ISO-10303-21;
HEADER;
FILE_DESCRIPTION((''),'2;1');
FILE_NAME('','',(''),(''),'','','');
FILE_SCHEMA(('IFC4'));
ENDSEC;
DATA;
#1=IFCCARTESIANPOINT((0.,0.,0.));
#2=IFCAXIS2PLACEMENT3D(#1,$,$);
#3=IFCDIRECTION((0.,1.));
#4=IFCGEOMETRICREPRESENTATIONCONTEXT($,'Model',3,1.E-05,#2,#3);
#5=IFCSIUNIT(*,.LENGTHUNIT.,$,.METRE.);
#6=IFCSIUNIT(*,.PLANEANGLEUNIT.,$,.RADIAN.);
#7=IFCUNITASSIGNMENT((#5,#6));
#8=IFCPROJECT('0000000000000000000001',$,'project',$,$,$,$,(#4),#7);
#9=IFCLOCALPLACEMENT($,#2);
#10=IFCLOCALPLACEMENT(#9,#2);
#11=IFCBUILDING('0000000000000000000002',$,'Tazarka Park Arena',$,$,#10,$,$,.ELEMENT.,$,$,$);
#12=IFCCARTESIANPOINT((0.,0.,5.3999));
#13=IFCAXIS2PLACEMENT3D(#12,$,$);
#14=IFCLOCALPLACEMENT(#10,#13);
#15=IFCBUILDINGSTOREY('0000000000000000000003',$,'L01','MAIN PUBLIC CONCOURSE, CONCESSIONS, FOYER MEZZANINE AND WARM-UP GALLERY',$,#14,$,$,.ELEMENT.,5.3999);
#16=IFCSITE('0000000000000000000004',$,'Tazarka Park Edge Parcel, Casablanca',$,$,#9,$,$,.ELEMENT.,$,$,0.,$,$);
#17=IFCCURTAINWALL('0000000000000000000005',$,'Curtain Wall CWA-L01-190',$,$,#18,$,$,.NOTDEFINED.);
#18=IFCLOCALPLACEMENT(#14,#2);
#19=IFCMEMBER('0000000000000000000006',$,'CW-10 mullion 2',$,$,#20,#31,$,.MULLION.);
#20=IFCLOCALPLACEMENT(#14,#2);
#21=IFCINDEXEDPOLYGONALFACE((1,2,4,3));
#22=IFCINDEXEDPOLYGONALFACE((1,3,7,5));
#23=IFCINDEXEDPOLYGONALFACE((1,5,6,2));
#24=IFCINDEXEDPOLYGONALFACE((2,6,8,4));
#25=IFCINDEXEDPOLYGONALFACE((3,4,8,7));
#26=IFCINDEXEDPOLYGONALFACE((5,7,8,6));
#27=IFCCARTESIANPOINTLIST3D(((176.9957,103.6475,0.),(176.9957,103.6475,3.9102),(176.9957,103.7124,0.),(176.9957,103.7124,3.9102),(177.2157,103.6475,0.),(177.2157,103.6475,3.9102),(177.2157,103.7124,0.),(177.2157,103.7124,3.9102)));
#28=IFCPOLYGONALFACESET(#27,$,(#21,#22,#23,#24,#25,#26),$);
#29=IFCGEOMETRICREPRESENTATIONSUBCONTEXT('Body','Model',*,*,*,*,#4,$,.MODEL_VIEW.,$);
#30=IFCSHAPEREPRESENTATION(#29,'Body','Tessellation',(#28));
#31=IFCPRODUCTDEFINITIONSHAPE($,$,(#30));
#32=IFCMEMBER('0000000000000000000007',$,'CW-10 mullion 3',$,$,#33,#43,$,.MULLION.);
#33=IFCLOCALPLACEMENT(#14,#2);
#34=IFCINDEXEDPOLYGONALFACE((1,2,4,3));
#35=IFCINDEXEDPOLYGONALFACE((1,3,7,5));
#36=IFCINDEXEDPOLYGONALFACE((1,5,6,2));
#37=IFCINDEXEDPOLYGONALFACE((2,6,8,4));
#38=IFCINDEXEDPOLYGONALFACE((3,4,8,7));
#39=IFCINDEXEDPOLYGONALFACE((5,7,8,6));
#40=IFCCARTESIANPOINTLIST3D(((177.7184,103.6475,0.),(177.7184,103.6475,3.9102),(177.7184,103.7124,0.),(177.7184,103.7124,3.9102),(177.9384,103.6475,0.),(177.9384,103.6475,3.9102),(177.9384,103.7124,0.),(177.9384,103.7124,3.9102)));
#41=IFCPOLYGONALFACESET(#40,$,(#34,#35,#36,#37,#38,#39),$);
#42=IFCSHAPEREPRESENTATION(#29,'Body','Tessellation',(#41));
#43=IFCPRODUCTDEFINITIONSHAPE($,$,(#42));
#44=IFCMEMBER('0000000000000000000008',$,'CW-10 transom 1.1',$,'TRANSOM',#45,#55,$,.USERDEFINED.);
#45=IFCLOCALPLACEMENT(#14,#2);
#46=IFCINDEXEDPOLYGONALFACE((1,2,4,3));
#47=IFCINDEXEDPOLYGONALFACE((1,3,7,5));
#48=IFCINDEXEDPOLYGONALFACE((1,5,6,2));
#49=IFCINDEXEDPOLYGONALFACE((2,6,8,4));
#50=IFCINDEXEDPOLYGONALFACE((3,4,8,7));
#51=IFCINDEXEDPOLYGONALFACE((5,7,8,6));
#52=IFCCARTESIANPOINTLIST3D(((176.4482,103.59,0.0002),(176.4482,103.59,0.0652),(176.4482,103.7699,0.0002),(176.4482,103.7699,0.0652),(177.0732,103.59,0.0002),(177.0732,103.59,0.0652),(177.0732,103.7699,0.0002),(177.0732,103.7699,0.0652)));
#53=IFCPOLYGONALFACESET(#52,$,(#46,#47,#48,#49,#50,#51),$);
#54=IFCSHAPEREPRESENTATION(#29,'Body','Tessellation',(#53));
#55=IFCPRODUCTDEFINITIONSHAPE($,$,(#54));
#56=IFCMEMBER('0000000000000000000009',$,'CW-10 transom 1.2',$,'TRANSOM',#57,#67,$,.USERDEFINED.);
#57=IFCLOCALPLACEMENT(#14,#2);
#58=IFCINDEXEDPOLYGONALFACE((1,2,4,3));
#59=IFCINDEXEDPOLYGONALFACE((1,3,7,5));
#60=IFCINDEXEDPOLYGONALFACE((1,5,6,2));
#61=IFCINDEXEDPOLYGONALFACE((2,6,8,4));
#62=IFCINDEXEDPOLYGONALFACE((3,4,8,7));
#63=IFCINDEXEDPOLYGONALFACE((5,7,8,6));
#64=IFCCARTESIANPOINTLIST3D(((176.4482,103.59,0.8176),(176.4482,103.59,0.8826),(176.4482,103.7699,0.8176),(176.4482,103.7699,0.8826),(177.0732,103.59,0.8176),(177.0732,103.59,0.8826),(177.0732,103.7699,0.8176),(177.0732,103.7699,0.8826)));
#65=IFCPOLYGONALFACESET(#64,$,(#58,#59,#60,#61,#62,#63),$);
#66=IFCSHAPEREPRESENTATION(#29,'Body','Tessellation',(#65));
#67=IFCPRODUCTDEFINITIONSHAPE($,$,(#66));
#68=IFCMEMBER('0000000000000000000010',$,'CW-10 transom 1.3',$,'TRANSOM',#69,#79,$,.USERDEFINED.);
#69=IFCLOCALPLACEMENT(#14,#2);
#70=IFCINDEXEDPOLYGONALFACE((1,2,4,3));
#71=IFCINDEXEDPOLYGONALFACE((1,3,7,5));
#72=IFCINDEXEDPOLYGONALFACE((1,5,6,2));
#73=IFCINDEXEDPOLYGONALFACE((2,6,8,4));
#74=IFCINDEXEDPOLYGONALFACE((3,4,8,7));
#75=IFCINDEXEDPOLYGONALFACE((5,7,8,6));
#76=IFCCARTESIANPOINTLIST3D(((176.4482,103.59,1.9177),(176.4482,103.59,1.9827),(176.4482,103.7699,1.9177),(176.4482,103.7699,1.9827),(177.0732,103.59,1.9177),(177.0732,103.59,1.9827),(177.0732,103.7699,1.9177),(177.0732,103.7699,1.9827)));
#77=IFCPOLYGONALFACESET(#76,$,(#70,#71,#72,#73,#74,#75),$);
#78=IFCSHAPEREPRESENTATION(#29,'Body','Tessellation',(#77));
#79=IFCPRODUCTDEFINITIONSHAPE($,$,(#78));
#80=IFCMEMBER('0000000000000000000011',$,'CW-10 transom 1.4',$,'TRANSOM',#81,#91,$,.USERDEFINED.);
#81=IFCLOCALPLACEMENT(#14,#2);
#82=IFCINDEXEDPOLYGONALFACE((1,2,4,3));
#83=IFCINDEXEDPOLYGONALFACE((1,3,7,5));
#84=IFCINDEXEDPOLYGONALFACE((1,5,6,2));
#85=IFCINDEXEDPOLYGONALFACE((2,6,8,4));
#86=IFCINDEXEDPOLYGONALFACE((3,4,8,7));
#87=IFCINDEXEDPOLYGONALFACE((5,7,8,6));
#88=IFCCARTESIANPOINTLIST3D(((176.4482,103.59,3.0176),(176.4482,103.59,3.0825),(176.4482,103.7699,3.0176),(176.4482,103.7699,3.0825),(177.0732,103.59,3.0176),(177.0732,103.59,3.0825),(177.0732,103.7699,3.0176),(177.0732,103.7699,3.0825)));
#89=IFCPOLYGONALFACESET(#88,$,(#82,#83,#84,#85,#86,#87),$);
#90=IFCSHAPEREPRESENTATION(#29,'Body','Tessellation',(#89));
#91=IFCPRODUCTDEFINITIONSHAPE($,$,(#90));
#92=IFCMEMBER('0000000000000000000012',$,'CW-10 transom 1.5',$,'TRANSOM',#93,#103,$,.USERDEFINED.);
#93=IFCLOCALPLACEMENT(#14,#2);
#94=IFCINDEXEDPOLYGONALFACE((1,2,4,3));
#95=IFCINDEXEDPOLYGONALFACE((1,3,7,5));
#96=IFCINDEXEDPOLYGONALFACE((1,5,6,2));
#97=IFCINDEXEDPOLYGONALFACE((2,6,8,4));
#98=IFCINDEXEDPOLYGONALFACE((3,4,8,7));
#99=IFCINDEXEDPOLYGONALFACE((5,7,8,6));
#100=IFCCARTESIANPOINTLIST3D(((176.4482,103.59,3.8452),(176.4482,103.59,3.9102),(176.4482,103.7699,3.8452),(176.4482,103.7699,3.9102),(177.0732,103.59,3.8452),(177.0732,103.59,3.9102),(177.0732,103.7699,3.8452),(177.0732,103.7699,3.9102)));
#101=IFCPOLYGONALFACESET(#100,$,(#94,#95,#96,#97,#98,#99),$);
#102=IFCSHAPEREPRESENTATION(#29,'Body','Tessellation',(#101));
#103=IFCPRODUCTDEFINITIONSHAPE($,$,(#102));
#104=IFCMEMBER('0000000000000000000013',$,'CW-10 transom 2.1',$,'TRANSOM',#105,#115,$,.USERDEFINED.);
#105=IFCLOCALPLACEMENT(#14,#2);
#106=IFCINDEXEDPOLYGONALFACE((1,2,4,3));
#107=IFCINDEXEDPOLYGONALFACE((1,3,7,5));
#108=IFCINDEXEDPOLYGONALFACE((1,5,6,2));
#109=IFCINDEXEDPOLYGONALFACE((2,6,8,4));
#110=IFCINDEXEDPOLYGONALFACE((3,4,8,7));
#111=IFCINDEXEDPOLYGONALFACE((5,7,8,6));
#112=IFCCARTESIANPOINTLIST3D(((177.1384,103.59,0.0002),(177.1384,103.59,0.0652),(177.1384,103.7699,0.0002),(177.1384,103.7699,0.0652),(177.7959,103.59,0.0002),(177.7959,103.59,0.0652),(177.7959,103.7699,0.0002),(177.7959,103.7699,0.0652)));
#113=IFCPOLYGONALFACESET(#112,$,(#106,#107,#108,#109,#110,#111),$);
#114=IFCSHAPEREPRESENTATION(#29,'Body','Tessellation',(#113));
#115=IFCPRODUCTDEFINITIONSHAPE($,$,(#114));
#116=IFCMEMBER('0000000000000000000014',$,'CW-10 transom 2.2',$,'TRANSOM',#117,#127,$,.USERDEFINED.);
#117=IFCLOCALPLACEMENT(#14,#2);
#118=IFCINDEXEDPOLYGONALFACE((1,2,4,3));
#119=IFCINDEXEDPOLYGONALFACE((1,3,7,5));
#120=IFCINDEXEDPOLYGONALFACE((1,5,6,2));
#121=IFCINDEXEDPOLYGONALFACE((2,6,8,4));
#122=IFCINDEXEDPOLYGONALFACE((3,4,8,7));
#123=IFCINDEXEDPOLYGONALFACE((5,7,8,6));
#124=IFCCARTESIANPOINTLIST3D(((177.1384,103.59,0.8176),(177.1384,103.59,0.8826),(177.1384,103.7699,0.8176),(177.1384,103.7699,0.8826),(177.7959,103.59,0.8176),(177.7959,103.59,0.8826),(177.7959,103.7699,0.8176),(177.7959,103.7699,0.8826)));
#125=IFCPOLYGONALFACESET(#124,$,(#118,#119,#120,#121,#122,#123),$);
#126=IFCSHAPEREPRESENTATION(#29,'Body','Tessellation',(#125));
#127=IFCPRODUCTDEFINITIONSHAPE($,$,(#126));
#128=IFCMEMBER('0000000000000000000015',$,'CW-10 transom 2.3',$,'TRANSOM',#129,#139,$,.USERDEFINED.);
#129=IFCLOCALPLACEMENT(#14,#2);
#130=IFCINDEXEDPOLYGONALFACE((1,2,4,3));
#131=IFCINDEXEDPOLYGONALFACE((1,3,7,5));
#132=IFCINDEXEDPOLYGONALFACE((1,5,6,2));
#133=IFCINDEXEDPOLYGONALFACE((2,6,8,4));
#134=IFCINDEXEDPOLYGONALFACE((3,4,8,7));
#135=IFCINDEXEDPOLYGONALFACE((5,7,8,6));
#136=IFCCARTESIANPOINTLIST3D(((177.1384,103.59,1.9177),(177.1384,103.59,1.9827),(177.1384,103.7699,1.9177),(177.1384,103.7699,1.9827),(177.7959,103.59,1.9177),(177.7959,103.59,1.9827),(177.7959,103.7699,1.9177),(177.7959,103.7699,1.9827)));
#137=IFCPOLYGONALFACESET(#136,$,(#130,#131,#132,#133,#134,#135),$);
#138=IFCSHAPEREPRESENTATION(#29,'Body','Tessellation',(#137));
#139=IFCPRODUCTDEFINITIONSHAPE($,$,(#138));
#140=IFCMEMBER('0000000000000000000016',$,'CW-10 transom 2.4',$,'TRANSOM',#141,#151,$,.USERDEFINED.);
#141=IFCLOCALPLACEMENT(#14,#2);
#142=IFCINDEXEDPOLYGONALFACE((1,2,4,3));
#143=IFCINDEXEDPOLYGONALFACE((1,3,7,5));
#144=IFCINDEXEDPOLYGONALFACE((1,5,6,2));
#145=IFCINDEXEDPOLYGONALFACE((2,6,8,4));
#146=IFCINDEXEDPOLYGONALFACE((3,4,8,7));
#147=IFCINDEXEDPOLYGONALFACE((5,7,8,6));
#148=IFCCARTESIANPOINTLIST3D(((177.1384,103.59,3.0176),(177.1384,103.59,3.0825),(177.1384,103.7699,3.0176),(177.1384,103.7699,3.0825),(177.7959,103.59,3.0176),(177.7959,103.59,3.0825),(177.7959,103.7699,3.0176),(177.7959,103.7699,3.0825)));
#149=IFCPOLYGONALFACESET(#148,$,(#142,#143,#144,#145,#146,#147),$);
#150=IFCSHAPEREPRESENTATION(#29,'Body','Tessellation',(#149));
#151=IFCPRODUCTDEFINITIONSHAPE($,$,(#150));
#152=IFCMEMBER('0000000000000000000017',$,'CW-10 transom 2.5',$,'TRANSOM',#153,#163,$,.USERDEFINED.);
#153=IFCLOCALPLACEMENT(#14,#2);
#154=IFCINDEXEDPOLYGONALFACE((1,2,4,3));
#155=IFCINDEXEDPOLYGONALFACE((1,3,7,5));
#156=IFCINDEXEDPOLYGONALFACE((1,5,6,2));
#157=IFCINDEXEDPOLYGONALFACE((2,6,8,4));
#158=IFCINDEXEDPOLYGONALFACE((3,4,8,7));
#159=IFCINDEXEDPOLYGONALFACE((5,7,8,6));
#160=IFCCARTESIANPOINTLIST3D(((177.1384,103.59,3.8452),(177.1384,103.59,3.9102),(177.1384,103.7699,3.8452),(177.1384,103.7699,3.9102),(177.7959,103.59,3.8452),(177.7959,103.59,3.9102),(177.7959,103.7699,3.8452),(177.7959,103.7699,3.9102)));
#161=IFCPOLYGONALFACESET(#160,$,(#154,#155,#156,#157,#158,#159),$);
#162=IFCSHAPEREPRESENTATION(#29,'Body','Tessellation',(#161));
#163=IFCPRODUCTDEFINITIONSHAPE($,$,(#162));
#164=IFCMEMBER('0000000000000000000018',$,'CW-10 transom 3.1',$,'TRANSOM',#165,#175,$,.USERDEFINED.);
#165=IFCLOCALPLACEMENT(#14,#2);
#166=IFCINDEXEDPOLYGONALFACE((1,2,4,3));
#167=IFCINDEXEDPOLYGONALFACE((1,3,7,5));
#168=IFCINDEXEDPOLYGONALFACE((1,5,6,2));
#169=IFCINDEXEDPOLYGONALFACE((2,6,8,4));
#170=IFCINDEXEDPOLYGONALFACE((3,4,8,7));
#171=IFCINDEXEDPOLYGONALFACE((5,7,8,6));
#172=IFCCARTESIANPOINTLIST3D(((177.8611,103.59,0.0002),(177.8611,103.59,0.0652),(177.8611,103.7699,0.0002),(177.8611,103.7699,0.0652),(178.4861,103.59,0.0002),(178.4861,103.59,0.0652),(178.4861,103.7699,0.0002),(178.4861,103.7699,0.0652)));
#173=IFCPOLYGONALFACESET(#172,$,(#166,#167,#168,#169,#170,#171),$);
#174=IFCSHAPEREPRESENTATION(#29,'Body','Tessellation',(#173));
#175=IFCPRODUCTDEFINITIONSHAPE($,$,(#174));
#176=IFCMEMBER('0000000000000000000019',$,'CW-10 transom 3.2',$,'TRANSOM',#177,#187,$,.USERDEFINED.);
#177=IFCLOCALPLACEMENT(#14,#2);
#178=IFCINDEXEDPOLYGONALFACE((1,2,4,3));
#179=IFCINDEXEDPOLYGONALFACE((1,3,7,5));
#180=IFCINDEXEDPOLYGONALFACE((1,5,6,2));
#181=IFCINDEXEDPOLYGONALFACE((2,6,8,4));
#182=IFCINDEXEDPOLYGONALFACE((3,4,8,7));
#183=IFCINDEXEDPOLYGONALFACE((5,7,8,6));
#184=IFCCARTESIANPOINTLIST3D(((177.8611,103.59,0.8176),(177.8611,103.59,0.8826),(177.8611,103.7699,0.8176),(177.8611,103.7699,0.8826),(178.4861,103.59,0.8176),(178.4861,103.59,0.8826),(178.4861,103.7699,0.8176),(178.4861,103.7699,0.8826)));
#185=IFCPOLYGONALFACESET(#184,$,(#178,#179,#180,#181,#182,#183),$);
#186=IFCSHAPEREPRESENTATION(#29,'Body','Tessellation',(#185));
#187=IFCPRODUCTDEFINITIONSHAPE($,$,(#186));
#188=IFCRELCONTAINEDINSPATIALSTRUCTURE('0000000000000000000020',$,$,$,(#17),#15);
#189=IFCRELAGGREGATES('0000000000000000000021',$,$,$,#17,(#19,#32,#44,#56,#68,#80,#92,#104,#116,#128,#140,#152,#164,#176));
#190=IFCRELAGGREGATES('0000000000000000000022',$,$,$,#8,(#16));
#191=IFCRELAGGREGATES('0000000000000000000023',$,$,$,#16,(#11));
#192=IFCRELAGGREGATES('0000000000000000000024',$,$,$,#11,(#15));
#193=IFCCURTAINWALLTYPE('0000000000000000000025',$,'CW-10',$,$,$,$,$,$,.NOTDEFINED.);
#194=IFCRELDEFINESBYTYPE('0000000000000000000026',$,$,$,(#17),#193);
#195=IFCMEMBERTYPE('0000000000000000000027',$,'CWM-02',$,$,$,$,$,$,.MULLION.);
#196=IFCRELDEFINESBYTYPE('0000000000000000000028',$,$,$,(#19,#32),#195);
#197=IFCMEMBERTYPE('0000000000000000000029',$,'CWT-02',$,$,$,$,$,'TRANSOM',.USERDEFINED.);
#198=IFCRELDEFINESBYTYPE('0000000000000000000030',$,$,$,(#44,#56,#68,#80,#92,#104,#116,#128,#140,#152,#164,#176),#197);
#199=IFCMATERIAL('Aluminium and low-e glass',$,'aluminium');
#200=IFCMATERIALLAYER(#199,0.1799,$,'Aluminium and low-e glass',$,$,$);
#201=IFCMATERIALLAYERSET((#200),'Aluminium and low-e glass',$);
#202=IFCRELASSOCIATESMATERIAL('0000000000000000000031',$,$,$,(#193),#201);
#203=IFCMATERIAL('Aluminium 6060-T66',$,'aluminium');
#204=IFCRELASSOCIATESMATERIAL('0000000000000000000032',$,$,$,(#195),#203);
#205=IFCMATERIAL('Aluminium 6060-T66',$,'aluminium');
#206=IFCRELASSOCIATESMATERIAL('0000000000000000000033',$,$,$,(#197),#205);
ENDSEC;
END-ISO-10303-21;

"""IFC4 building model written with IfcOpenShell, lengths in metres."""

from ifc_helpers import new_model, si_unit, direction, frame, origin, origin_2d, place, context, subcontext, project, spatial, rectangle, extrude, material, layer, layer_set, material_profile, profile_set, type_object, element, aggregate, save


model = new_model("IFC4")

# Units and contexts
model_context = context("Model", 3, precision=1e-05, world=origin(), true_north=direction((0.0, 1.0)))
body_context = subcontext(model_context, "Body", "Model", "MODEL_VIEW")
ifc_project = project(units=[si_unit("LENGTHUNIT", "METRE"), si_unit("PLANEANGLEUNIT", "RADIAN")], contexts=[model_context])

# Site, building, storey
site_placement = place(None, origin())
site = spatial("IfcSite", under=ifc_project, at=site_placement, Name="Tazarka Park Edge Parcel, Casablanca", CompositionType="ELEMENT", RefElevation=0.0)
building_placement = place(site_placement, origin())
building = spatial("IfcBuilding", under=site, at=building_placement, Name="Tazarka Park Arena", CompositionType="ELEMENT")
storey_placement = place(building_placement, frame((0.0, 0.0, 5.3999)))
storey = spatial("IfcBuildingStorey", under=building, at=storey_placement, Name="L01", Description="MAIN PUBLIC CONCOURSE, CONCESSIONS, FOYER MEZZANINE AND WARM-UP GALLERY", CompositionType="ELEMENT", Elevation=5.3999)

# Curtain wall, members
ifc_material_1 = material(Name="Aluminium and low-e glass", Category="aluminium")
ifc_layer_1 = layer(ifc_material_1, 0.1799, Name="Aluminium and low-e glass")
ifc_layer_set_1 = layer_set([ifc_layer_1], Name="Aluminium and low-e glass")
curtain_wall_type = type_object("IfcCurtainWallType", Name="CW-10", PredefinedType="NOTDEFINED", material=ifc_layer_set_1)
curtain_wall_placement = place(storey_placement, origin())
curtain_wall = element("IfcCurtainWall", 1, at=curtain_wall_placement, inside=storey, type_object=curtain_wall_type, Name="Curtain Wall CWA-L01-190", PredefinedType="NOTDEFINED")
ifc_material_2 = material(Name="Aluminium 6060-T66", Category="aluminium")
ifc_material_profile_1 = material_profile(ifc_material_2, rectangle(XDim=0.0649, YDim=0.22, at=origin_2d()), Name="Aluminium 6060-T66")
ifc_profile_set_1 = profile_set([ifc_material_profile_1], Name="Aluminium 6060-T66")
member_type_1 = type_object("IfcMemberType", Name="CWM-02", PredefinedType="MULLION", material=ifc_profile_set_1)
member_1_placement = place(storey_placement, frame((177.1057, 103.6799, 0.0), z_axis=(0.0, 0.0, 1.0), x_axis=(0.0, 1.0, 0.0)))
member_1 = element("IfcMember", 2, at=member_1_placement, type_object=member_type_1, Name="CW-10 mullion 2", PredefinedType="MULLION", context=body_context, shape_type="SweptSolid", body=[
    extrude(rectangle(XDim=0.0649, YDim=0.22, at=origin_2d()), origin(), (0.0, 0.0, 1.0), 3.9102),
])
member_2_placement = place(storey_placement, frame((177.8284, 103.6799, 0.0), z_axis=(0.0, 0.0, 1.0), x_axis=(0.0, 1.0, 0.0)))
member_2 = element("IfcMember", 3, at=member_2_placement, type_object=member_type_1, Name="CW-10 mullion 3", PredefinedType="MULLION", context=body_context, shape_type="SweptSolid", body=[
    extrude(rectangle(XDim=0.0649, YDim=0.22, at=origin_2d()), origin(), (0.0, 0.0, 1.0), 3.9102),
])
ifc_material_3 = material(Name="Aluminium 6060-T66", Category="aluminium")
ifc_material_profile_2 = material_profile(ifc_material_3, rectangle(XDim=0.1799, YDim=0.0649, at=origin_2d()), Name="Aluminium 6060-T66")
ifc_profile_set_2 = profile_set([ifc_material_profile_2], Name="Aluminium 6060-T66")
member_type_2 = type_object("IfcMemberType", Name="CWT-02", ElementType="TRANSOM", PredefinedType="USERDEFINED", material=ifc_profile_set_2)
member_3_placement = place(storey_placement, frame((176.4482, 103.6799, 0.0327), z_axis=(1.0, 0.0, 0.0), x_axis=(0.0, 1.0, 0.0)))
member_3 = element("IfcMember", 4, at=member_3_placement, type_object=member_type_2, Name="CW-10 transom 1.1", ObjectType="TRANSOM", PredefinedType="USERDEFINED", context=body_context, shape_type="SweptSolid", body=[
    extrude(rectangle(XDim=0.1799, YDim=0.0649, at=origin_2d()), origin(), (0.0, 0.0, 1.0), 0.625),
])
member_4_placement = place(storey_placement, frame((176.4482, 103.6799, 0.8501), z_axis=(1.0, 0.0, 0.0), x_axis=(0.0, 1.0, 0.0)))
member_4 = element("IfcMember", 5, at=member_4_placement, type_object=member_type_2, Name="CW-10 transom 1.2", ObjectType="TRANSOM", PredefinedType="USERDEFINED", context=body_context, shape_type="SweptSolid", body=[
    extrude(rectangle(XDim=0.1799, YDim=0.0649, at=origin_2d()), origin(), (0.0, 0.0, 1.0), 0.625),
])
member_5_placement = place(storey_placement, frame((176.4482, 103.6799, 1.9502), z_axis=(1.0, 0.0, 0.0), x_axis=(0.0, 1.0, 0.0)))
member_5 = element("IfcMember", 6, at=member_5_placement, type_object=member_type_2, Name="CW-10 transom 1.3", ObjectType="TRANSOM", PredefinedType="USERDEFINED", context=body_context, shape_type="SweptSolid", body=[
    extrude(rectangle(XDim=0.1799, YDim=0.0649, at=origin_2d()), origin(), (0.0, 0.0, 1.0), 0.625),
])
member_6_placement = place(storey_placement, frame((176.4482, 103.6799, 3.05), z_axis=(1.0, 0.0, 0.0), x_axis=(0.0, 1.0, 0.0)))
member_6 = element("IfcMember", 7, at=member_6_placement, type_object=member_type_2, Name="CW-10 transom 1.4", ObjectType="TRANSOM", PredefinedType="USERDEFINED", context=body_context, shape_type="SweptSolid", body=[
    extrude(rectangle(XDim=0.1799, YDim=0.0649, at=origin_2d()), origin(), (0.0, 0.0, 1.0), 0.625),
])
member_7_placement = place(storey_placement, frame((176.4482, 103.6799, 3.8777), z_axis=(1.0, 0.0, 0.0), x_axis=(0.0, 1.0, 0.0)))
member_7 = element("IfcMember", 8, at=member_7_placement, type_object=member_type_2, Name="CW-10 transom 1.5", ObjectType="TRANSOM", PredefinedType="USERDEFINED", context=body_context, shape_type="SweptSolid", body=[
    extrude(rectangle(XDim=0.1799, YDim=0.0649, at=origin_2d()), origin(), (0.0, 0.0, 1.0), 0.625),
])
member_8_placement = place(storey_placement, frame((177.1384, 103.6799, 0.0327), z_axis=(1.0, 0.0, 0.0), x_axis=(0.0, 1.0, 0.0)))
member_8 = element("IfcMember", 9, at=member_8_placement, type_object=member_type_2, Name="CW-10 transom 2.1", ObjectType="TRANSOM", PredefinedType="USERDEFINED", context=body_context, shape_type="SweptSolid", body=[
    extrude(rectangle(XDim=0.1799, YDim=0.0649, at=origin_2d()), origin(), (0.0, 0.0, 1.0), 0.6575),
])
member_9_placement = place(storey_placement, frame((177.1384, 103.6799, 0.8501), z_axis=(1.0, 0.0, 0.0), x_axis=(0.0, 1.0, 0.0)))
member_9 = element("IfcMember", 10, at=member_9_placement, type_object=member_type_2, Name="CW-10 transom 2.2", ObjectType="TRANSOM", PredefinedType="USERDEFINED", context=body_context, shape_type="SweptSolid", body=[
    extrude(rectangle(XDim=0.1799, YDim=0.0649, at=origin_2d()), origin(), (0.0, 0.0, 1.0), 0.6575),
])
member_10_placement = place(storey_placement, frame((177.1384, 103.6799, 1.9502), z_axis=(1.0, 0.0, 0.0), x_axis=(0.0, 1.0, 0.0)))
member_10 = element("IfcMember", 11, at=member_10_placement, type_object=member_type_2, Name="CW-10 transom 2.3", ObjectType="TRANSOM", PredefinedType="USERDEFINED", context=body_context, shape_type="SweptSolid", body=[
    extrude(rectangle(XDim=0.1799, YDim=0.0649, at=origin_2d()), origin(), (0.0, 0.0, 1.0), 0.6575),
])
member_11_placement = place(storey_placement, frame((177.1384, 103.6799, 3.05), z_axis=(1.0, 0.0, 0.0), x_axis=(0.0, 1.0, 0.0)))
member_11 = element("IfcMember", 12, at=member_11_placement, type_object=member_type_2, Name="CW-10 transom 2.4", ObjectType="TRANSOM", PredefinedType="USERDEFINED", context=body_context, shape_type="SweptSolid", body=[
    extrude(rectangle(XDim=0.1799, YDim=0.0649, at=origin_2d()), origin(), (0.0, 0.0, 1.0), 0.6575),
])
member_12_placement = place(storey_placement, frame((177.1384, 103.6799, 3.8777), z_axis=(1.0, 0.0, 0.0), x_axis=(0.0, 1.0, 0.0)))
member_12 = element("IfcMember", 13, at=member_12_placement, type_object=member_type_2, Name="CW-10 transom 2.5", ObjectType="TRANSOM", PredefinedType="USERDEFINED", context=body_context, shape_type="SweptSolid", body=[
    extrude(rectangle(XDim=0.1799, YDim=0.0649, at=origin_2d()), origin(), (0.0, 0.0, 1.0), 0.6575),
])
member_13_placement = place(storey_placement, frame((177.8611, 103.6799, 0.0327), z_axis=(1.0, 0.0, 0.0), x_axis=(0.0, 1.0, 0.0)))
member_13 = element("IfcMember", 14, at=member_13_placement, type_object=member_type_2, Name="CW-10 transom 3.1", ObjectType="TRANSOM", PredefinedType="USERDEFINED", context=body_context, shape_type="SweptSolid", body=[
    extrude(rectangle(XDim=0.1799, YDim=0.0649, at=origin_2d()), origin(), (0.0, 0.0, 1.0), 0.625),
])
member_14_placement = place(storey_placement, frame((177.8611, 103.6799, 0.8501), z_axis=(1.0, 0.0, 0.0), x_axis=(0.0, 1.0, 0.0)))
member_14 = element("IfcMember", 15, at=member_14_placement, type_object=member_type_2, Name="CW-10 transom 3.2", ObjectType="TRANSOM", PredefinedType="USERDEFINED", context=body_context, shape_type="SweptSolid", body=[
    extrude(rectangle(XDim=0.1799, YDim=0.0649, at=origin_2d()), origin(), (0.0, 0.0, 1.0), 0.625),
])
aggregate(curtain_wall, [member_1, member_2, member_3, member_4, member_5, member_6, member_7, member_8, member_9, member_10, member_11, member_12, member_13, member_14])

save(model, "model.ifc")
